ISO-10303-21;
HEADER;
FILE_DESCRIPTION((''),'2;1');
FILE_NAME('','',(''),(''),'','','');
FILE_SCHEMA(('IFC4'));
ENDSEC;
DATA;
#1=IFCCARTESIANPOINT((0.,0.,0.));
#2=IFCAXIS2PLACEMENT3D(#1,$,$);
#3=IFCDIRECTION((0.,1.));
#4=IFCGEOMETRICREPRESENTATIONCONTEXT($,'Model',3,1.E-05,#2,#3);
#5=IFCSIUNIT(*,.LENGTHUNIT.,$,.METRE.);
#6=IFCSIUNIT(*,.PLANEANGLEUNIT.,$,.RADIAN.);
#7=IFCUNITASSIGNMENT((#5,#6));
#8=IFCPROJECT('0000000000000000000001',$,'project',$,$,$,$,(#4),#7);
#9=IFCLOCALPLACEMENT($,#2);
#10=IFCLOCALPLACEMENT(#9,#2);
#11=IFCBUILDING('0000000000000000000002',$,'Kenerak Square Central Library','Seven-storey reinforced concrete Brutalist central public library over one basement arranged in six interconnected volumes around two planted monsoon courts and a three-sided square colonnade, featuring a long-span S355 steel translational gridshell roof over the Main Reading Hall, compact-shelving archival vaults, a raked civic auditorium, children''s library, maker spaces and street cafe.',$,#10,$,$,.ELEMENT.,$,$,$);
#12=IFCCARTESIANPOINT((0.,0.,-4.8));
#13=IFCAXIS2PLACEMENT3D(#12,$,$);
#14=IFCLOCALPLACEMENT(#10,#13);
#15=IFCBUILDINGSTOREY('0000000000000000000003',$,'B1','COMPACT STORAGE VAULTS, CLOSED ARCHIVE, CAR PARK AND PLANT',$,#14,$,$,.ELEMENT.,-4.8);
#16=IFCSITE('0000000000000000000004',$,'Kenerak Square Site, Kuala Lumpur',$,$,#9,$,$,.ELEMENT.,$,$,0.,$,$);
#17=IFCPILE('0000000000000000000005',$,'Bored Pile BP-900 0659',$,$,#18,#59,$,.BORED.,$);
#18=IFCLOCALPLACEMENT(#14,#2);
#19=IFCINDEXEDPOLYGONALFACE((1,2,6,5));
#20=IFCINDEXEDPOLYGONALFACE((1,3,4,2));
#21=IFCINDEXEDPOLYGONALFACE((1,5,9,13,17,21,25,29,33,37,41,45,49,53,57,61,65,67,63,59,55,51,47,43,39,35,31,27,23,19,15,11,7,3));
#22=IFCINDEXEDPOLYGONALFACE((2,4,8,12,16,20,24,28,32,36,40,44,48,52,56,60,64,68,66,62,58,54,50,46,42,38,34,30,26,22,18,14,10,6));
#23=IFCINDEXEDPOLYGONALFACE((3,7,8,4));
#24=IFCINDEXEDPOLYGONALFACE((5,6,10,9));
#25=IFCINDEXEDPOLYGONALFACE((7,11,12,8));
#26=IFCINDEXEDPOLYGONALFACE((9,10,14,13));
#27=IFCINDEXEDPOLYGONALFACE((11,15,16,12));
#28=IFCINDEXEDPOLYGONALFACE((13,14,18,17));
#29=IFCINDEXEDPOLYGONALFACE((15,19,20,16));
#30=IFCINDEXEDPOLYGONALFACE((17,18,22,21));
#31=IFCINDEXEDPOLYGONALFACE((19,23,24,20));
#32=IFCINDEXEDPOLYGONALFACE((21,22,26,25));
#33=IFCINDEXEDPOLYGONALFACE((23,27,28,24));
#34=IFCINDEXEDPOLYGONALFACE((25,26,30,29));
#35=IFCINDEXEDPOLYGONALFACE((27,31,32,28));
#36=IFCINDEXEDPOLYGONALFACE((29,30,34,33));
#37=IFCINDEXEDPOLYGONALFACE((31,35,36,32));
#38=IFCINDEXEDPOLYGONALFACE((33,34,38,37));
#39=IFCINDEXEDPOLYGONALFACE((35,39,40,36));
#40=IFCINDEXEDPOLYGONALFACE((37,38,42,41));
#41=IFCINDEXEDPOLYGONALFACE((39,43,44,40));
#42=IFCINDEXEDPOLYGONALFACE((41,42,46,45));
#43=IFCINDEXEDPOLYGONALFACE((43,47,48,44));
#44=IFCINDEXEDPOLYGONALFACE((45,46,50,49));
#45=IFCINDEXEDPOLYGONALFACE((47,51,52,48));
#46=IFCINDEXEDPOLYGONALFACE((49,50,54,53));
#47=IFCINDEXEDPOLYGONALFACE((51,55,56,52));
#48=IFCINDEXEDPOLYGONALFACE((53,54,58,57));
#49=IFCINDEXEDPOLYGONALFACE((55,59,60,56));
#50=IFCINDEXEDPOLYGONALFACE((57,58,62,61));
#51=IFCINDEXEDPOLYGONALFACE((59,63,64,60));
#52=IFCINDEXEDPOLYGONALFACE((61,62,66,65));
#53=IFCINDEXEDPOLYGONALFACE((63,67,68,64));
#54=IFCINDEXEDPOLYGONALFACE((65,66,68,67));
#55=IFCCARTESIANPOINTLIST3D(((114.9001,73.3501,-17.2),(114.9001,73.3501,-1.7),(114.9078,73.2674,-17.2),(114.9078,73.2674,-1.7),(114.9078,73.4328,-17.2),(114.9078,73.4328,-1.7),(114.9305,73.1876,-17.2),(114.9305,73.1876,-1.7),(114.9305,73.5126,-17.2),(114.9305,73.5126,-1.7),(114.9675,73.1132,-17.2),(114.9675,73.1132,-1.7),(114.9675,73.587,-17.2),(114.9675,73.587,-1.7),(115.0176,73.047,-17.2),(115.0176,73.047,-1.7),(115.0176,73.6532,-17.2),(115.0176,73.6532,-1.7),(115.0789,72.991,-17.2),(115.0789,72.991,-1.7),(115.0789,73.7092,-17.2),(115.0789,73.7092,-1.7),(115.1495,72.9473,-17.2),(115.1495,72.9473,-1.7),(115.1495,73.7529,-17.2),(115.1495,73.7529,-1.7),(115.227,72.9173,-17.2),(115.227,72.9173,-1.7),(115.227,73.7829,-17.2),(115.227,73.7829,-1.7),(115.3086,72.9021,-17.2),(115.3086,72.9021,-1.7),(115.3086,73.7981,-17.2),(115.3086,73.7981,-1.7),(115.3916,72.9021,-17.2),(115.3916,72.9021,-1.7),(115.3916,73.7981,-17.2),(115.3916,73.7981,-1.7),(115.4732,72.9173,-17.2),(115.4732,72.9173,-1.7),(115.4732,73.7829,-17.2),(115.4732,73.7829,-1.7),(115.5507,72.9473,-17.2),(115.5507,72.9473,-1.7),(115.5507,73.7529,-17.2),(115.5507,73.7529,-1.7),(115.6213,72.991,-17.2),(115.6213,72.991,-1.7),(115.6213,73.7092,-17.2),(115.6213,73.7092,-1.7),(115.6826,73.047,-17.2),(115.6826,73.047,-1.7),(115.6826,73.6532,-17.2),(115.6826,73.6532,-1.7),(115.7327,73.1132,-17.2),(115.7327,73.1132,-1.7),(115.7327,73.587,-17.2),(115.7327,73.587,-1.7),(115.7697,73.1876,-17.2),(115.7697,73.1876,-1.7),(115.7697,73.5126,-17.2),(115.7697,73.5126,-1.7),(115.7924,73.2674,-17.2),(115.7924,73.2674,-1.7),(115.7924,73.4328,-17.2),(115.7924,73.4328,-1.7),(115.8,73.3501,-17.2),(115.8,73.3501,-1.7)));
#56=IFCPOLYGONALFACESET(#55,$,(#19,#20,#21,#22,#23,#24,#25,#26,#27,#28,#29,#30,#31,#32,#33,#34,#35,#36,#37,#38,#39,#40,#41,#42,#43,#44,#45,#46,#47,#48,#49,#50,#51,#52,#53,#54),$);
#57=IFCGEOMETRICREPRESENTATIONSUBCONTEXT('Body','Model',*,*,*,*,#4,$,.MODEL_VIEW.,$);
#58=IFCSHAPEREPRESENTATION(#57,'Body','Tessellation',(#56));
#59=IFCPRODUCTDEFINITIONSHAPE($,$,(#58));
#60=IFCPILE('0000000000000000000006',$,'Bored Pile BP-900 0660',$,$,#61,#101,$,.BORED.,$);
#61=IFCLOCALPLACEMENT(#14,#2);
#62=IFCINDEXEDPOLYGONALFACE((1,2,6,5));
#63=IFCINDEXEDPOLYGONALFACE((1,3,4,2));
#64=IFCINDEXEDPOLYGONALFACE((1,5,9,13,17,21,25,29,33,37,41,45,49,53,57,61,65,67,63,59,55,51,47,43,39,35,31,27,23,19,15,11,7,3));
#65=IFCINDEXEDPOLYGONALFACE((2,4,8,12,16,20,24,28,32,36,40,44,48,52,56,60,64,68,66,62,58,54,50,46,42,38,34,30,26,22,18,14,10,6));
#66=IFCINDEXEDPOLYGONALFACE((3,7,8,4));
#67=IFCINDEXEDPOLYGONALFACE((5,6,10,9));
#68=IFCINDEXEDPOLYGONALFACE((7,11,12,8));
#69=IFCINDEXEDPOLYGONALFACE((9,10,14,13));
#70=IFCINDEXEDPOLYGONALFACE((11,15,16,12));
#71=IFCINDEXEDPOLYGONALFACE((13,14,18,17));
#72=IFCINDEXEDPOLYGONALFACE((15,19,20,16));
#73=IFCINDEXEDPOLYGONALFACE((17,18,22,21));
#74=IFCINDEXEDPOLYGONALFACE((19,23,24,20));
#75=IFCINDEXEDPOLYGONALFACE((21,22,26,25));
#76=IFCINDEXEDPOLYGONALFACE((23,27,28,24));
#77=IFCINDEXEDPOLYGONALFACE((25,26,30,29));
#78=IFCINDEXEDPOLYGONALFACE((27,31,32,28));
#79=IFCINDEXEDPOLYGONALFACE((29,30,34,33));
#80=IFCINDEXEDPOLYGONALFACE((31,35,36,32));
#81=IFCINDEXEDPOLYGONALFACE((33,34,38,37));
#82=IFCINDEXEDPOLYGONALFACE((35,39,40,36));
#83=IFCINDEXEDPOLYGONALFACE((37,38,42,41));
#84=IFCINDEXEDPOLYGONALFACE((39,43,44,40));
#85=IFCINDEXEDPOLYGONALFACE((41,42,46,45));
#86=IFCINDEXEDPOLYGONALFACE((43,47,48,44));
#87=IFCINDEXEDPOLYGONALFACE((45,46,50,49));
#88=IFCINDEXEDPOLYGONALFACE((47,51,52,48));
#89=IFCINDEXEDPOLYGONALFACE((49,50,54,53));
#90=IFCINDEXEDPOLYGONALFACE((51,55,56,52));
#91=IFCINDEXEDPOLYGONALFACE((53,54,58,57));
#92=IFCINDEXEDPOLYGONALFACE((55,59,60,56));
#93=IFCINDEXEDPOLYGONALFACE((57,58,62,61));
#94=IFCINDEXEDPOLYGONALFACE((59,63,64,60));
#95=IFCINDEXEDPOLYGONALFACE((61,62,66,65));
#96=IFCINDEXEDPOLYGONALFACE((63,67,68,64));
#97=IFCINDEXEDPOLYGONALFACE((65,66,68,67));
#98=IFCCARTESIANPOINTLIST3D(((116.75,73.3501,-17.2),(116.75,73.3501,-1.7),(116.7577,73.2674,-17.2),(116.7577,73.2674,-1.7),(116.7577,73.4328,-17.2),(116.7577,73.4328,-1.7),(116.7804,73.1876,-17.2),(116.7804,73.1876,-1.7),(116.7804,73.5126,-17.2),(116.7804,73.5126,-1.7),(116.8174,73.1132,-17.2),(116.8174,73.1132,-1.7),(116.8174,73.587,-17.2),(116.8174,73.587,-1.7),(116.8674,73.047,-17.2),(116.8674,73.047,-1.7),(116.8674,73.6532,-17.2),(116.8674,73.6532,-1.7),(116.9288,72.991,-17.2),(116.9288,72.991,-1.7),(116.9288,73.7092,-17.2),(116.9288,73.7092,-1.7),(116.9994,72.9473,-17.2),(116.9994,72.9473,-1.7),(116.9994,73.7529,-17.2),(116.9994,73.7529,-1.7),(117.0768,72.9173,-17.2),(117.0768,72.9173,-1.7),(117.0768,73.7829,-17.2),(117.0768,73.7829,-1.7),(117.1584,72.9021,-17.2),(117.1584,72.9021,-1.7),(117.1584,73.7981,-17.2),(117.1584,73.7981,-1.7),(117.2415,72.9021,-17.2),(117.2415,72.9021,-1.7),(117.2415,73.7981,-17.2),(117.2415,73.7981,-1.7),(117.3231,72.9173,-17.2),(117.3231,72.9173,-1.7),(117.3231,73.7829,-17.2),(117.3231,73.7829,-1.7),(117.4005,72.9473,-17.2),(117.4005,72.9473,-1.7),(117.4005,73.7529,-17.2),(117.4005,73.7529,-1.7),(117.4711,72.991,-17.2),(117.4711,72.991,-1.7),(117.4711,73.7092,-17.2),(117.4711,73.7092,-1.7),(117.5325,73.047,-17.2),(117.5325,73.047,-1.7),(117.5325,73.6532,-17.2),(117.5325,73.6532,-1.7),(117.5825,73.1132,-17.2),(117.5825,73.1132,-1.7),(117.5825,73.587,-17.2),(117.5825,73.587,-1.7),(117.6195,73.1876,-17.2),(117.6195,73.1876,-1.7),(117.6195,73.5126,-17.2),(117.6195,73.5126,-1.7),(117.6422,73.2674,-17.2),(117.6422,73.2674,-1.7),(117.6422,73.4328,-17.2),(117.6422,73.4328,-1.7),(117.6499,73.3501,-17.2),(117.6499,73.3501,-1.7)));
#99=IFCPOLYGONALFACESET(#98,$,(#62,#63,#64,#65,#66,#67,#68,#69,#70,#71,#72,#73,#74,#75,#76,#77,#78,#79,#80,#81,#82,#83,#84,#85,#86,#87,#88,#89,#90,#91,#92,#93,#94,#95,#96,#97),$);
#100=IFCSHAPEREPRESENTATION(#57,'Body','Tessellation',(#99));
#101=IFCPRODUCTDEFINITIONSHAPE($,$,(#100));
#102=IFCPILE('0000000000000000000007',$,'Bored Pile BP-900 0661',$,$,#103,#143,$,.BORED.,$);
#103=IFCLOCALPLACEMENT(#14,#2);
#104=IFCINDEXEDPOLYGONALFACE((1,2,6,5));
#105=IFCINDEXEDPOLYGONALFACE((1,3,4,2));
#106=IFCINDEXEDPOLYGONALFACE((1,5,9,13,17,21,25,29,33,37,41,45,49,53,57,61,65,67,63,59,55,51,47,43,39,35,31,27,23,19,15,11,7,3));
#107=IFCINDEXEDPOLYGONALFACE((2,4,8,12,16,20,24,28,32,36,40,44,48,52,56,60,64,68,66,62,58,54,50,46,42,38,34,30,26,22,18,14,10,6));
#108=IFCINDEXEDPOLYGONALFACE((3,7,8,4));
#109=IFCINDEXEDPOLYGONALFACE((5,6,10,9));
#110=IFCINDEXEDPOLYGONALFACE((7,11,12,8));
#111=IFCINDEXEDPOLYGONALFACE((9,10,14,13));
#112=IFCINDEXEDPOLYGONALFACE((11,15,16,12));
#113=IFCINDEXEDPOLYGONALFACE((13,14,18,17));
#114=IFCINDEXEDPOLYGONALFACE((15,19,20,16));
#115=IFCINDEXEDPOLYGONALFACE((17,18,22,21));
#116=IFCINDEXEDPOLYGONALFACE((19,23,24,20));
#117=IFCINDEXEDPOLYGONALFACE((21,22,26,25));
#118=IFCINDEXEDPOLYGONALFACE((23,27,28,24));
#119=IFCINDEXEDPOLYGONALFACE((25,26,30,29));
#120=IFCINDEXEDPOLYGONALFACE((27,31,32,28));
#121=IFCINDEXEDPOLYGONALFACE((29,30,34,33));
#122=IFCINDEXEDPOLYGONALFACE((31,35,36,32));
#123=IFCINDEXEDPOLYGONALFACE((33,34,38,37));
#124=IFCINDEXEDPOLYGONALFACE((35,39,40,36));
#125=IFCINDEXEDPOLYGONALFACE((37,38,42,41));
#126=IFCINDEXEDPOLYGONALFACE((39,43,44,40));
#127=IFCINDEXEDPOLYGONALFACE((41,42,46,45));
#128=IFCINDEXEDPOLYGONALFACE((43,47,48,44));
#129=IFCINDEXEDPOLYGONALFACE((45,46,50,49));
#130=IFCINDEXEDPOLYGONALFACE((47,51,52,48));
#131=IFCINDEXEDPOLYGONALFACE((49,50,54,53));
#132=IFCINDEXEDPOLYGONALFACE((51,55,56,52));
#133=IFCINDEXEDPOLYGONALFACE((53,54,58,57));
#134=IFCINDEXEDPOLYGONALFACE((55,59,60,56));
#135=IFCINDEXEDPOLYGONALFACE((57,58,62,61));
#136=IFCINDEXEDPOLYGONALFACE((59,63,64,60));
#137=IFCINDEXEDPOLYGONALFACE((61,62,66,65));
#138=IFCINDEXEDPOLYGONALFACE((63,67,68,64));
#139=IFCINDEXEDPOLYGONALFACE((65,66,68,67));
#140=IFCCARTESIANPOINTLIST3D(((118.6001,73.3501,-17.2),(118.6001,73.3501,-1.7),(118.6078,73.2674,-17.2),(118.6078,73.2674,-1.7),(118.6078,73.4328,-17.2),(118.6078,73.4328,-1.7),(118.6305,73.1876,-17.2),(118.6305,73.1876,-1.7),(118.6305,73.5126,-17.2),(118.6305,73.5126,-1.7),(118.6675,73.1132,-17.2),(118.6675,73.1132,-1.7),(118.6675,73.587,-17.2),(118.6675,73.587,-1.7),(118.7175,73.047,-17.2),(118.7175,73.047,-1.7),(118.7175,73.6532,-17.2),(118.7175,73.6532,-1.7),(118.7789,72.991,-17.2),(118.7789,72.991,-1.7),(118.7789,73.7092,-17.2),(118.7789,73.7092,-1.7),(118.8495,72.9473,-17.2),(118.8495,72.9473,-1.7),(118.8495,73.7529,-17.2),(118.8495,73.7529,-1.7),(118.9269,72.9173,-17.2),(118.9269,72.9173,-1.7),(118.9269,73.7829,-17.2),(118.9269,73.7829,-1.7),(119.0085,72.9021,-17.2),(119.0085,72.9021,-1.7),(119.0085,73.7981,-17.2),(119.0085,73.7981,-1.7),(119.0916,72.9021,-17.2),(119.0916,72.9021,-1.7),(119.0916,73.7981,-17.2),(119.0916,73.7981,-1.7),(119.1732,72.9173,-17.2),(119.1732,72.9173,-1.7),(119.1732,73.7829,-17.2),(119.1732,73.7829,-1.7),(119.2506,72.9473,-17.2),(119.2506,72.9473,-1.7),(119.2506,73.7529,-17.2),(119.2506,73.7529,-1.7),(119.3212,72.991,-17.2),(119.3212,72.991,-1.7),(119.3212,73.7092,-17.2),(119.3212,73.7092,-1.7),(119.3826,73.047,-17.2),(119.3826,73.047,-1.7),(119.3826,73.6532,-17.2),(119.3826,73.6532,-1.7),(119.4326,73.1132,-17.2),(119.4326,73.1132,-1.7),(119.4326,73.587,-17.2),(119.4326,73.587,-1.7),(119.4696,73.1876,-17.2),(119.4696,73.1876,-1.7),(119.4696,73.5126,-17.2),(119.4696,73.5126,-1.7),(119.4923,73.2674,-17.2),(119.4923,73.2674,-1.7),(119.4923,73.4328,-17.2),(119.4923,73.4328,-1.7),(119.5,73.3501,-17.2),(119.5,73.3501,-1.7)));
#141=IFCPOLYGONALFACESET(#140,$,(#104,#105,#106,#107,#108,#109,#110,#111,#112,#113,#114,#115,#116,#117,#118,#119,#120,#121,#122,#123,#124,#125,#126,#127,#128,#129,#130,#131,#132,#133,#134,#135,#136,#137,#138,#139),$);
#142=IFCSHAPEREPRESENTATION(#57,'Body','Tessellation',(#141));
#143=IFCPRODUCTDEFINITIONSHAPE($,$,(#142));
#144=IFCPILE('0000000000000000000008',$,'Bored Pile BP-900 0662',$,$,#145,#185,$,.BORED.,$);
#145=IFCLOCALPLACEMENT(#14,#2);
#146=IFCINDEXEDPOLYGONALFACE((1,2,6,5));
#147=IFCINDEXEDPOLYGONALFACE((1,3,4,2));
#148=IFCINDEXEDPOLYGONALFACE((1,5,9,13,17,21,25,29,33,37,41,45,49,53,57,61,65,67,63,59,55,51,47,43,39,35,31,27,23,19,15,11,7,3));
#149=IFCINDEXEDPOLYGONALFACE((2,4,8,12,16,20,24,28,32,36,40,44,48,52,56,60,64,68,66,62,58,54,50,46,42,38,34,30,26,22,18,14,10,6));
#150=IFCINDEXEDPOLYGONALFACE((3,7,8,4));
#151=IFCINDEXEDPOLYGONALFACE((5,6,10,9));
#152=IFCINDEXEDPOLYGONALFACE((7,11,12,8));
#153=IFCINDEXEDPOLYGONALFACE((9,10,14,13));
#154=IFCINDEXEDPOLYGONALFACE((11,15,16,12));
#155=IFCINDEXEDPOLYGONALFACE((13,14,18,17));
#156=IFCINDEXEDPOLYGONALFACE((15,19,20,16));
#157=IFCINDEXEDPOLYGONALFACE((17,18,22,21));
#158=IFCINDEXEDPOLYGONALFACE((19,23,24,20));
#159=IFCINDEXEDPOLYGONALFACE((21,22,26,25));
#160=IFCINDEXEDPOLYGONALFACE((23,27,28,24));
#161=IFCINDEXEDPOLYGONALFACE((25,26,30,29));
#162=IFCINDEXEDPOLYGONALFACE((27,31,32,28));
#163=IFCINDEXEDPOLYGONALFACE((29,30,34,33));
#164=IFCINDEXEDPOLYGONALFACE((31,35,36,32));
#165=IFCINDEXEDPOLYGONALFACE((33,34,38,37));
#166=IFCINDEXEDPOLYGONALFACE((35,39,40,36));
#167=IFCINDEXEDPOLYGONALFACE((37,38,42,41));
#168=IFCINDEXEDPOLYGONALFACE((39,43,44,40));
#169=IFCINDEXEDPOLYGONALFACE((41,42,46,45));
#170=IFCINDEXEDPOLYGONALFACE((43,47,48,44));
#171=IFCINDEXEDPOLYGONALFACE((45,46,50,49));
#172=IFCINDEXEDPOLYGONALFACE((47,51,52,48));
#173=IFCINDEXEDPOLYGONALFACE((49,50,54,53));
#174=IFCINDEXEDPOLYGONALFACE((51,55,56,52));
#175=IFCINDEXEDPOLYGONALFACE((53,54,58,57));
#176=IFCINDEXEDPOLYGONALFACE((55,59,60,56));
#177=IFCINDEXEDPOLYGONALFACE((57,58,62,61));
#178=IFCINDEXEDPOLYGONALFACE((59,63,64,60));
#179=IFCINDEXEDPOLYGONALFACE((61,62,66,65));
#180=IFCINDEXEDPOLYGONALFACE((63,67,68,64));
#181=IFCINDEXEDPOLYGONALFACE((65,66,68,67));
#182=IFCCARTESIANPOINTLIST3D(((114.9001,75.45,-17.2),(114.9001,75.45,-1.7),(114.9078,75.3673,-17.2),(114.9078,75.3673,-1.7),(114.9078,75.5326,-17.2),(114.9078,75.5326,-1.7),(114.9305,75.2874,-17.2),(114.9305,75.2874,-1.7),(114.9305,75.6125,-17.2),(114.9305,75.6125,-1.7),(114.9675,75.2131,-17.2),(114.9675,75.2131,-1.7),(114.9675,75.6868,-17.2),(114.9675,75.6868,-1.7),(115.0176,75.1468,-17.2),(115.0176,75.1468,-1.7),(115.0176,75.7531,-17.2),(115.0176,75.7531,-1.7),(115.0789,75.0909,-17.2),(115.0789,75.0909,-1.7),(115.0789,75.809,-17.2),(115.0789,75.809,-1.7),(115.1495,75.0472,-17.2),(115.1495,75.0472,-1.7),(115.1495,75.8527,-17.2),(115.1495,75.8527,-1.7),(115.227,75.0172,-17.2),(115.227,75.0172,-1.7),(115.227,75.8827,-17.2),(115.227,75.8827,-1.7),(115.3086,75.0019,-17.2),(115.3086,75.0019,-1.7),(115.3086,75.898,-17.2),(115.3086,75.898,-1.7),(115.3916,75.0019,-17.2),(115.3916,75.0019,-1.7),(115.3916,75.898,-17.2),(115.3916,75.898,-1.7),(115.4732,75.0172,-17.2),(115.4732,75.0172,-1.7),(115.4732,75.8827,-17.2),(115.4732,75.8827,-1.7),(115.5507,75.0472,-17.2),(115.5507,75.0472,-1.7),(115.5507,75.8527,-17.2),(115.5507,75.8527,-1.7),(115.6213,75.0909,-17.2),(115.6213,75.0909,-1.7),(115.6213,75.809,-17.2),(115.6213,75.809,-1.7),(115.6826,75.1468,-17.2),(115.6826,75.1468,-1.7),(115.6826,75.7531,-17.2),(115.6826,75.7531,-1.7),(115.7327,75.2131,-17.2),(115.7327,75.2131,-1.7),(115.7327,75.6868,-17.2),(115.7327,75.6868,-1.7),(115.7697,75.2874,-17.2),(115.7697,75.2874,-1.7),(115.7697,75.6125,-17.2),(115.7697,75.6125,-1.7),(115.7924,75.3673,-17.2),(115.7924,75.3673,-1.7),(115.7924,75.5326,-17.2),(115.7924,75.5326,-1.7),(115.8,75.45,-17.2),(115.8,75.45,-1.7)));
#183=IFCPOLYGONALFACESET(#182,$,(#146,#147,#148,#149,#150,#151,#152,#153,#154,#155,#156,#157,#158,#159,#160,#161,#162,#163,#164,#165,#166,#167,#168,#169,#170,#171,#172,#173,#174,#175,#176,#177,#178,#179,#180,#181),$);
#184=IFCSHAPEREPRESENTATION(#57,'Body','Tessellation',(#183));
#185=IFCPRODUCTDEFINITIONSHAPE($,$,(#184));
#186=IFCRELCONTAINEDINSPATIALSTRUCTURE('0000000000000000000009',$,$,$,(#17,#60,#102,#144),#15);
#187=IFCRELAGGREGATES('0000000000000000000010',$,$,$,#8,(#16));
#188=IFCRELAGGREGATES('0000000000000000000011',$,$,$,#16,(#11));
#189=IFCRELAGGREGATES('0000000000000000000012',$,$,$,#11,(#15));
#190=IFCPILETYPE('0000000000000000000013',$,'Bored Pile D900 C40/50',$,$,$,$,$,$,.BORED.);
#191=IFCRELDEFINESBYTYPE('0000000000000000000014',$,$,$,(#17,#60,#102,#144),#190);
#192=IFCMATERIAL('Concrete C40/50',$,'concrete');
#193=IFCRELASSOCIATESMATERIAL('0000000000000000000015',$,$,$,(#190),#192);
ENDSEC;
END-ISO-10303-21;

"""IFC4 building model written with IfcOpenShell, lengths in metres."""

from ifc_helpers import new_model, si_unit, direction, frame, origin, origin_2d, place, context, subcontext, project, spatial, circle, extrude, material, material_profile, profile_set, type_object, element, save


model = new_model("IFC4")

# Units and contexts
model_context = context("Model", 3, precision=1e-05, world=origin(), true_north=direction((0.0, 1.0)))
body_context = subcontext(model_context, "Body", "Model", "MODEL_VIEW")
ifc_project = project(units=[si_unit("LENGTHUNIT", "METRE"), si_unit("PLANEANGLEUNIT", "RADIAN")], contexts=[model_context])

# Site, building, storey
site_placement = place(None, origin())
site = spatial("IfcSite", under=ifc_project, at=site_placement, Name="Kenerak Square Site, Kuala Lumpur", CompositionType="ELEMENT", RefElevation=0.0)
building_placement = place(site_placement, origin())
building = spatial("IfcBuilding", under=site, at=building_placement, Name="Kenerak Square Central Library", Description="Seven-storey reinforced concrete Brutalist central public library over one basement arranged in six interconnected volumes around two planted monsoon courts and a three-sided square colonnade, featuring a long-span S355 steel translational gridshell roof over the Main Reading Hall, compact-shelving archival vaults, a raked civic auditorium, children's library, maker spaces and street cafe.", CompositionType="ELEMENT")
storey_placement = place(building_placement, frame((0.0, 0.0, -4.8)))
storey = spatial("IfcBuildingStorey", under=building, at=storey_placement, Name="B1", Description="COMPACT STORAGE VAULTS, CLOSED ARCHIVE, CAR PARK AND PLANT", CompositionType="ELEMENT", Elevation=-4.8)

# Piles
ifc_material_1 = material(Name="Concrete C40/50", Category="concrete")
ifc_material_profile_1 = material_profile(ifc_material_1, circle(Radius=0.45, at=origin_2d()), Name="BP D900")
ifc_profile_set_1 = profile_set([ifc_material_profile_1], Name="Concrete C40/50")
pile_type = type_object("IfcPileType", Name="Bored Pile D900 C40/50", PredefinedType="BORED", material=ifc_profile_set_1)
for number, where, z_axis, x_axis, name in (
    (1, (115.3501, 73.3501, -1.7), (0.0, 0.0, -1.0), (1.0, 0.0, 0.0), "Bored Pile BP-900 0659"),
    (2, (117.2, 73.3501, -1.7), (0.0, 0.0, -1.0), (1.0, 0.0, 0.0), "Bored Pile BP-900 0660"),
    (3, (119.05, 73.3501, -1.7), (0.0, 0.0, -1.0), (1.0, 0.0, 0.0), "Bored Pile BP-900 0661"),
    (4, (115.3501, 75.45, -1.7), (0.0, 0.0, -1.0), (1.0, 0.0, 0.0), "Bored Pile BP-900 0662"),
):
    element("IfcPile", number, at=place(storey_placement, frame(where, z_axis=z_axis, x_axis=x_axis)), inside=storey, type_object=pile_type, Name=name, PredefinedType="BORED", context=body_context, shape_type="SweptSolid", body=[
        extrude(circle(Radius=0.45, at=origin_2d()), origin(), (0.0, 0.0, 1.0), 15.5),
    ])

save(model, "model.ifc")
